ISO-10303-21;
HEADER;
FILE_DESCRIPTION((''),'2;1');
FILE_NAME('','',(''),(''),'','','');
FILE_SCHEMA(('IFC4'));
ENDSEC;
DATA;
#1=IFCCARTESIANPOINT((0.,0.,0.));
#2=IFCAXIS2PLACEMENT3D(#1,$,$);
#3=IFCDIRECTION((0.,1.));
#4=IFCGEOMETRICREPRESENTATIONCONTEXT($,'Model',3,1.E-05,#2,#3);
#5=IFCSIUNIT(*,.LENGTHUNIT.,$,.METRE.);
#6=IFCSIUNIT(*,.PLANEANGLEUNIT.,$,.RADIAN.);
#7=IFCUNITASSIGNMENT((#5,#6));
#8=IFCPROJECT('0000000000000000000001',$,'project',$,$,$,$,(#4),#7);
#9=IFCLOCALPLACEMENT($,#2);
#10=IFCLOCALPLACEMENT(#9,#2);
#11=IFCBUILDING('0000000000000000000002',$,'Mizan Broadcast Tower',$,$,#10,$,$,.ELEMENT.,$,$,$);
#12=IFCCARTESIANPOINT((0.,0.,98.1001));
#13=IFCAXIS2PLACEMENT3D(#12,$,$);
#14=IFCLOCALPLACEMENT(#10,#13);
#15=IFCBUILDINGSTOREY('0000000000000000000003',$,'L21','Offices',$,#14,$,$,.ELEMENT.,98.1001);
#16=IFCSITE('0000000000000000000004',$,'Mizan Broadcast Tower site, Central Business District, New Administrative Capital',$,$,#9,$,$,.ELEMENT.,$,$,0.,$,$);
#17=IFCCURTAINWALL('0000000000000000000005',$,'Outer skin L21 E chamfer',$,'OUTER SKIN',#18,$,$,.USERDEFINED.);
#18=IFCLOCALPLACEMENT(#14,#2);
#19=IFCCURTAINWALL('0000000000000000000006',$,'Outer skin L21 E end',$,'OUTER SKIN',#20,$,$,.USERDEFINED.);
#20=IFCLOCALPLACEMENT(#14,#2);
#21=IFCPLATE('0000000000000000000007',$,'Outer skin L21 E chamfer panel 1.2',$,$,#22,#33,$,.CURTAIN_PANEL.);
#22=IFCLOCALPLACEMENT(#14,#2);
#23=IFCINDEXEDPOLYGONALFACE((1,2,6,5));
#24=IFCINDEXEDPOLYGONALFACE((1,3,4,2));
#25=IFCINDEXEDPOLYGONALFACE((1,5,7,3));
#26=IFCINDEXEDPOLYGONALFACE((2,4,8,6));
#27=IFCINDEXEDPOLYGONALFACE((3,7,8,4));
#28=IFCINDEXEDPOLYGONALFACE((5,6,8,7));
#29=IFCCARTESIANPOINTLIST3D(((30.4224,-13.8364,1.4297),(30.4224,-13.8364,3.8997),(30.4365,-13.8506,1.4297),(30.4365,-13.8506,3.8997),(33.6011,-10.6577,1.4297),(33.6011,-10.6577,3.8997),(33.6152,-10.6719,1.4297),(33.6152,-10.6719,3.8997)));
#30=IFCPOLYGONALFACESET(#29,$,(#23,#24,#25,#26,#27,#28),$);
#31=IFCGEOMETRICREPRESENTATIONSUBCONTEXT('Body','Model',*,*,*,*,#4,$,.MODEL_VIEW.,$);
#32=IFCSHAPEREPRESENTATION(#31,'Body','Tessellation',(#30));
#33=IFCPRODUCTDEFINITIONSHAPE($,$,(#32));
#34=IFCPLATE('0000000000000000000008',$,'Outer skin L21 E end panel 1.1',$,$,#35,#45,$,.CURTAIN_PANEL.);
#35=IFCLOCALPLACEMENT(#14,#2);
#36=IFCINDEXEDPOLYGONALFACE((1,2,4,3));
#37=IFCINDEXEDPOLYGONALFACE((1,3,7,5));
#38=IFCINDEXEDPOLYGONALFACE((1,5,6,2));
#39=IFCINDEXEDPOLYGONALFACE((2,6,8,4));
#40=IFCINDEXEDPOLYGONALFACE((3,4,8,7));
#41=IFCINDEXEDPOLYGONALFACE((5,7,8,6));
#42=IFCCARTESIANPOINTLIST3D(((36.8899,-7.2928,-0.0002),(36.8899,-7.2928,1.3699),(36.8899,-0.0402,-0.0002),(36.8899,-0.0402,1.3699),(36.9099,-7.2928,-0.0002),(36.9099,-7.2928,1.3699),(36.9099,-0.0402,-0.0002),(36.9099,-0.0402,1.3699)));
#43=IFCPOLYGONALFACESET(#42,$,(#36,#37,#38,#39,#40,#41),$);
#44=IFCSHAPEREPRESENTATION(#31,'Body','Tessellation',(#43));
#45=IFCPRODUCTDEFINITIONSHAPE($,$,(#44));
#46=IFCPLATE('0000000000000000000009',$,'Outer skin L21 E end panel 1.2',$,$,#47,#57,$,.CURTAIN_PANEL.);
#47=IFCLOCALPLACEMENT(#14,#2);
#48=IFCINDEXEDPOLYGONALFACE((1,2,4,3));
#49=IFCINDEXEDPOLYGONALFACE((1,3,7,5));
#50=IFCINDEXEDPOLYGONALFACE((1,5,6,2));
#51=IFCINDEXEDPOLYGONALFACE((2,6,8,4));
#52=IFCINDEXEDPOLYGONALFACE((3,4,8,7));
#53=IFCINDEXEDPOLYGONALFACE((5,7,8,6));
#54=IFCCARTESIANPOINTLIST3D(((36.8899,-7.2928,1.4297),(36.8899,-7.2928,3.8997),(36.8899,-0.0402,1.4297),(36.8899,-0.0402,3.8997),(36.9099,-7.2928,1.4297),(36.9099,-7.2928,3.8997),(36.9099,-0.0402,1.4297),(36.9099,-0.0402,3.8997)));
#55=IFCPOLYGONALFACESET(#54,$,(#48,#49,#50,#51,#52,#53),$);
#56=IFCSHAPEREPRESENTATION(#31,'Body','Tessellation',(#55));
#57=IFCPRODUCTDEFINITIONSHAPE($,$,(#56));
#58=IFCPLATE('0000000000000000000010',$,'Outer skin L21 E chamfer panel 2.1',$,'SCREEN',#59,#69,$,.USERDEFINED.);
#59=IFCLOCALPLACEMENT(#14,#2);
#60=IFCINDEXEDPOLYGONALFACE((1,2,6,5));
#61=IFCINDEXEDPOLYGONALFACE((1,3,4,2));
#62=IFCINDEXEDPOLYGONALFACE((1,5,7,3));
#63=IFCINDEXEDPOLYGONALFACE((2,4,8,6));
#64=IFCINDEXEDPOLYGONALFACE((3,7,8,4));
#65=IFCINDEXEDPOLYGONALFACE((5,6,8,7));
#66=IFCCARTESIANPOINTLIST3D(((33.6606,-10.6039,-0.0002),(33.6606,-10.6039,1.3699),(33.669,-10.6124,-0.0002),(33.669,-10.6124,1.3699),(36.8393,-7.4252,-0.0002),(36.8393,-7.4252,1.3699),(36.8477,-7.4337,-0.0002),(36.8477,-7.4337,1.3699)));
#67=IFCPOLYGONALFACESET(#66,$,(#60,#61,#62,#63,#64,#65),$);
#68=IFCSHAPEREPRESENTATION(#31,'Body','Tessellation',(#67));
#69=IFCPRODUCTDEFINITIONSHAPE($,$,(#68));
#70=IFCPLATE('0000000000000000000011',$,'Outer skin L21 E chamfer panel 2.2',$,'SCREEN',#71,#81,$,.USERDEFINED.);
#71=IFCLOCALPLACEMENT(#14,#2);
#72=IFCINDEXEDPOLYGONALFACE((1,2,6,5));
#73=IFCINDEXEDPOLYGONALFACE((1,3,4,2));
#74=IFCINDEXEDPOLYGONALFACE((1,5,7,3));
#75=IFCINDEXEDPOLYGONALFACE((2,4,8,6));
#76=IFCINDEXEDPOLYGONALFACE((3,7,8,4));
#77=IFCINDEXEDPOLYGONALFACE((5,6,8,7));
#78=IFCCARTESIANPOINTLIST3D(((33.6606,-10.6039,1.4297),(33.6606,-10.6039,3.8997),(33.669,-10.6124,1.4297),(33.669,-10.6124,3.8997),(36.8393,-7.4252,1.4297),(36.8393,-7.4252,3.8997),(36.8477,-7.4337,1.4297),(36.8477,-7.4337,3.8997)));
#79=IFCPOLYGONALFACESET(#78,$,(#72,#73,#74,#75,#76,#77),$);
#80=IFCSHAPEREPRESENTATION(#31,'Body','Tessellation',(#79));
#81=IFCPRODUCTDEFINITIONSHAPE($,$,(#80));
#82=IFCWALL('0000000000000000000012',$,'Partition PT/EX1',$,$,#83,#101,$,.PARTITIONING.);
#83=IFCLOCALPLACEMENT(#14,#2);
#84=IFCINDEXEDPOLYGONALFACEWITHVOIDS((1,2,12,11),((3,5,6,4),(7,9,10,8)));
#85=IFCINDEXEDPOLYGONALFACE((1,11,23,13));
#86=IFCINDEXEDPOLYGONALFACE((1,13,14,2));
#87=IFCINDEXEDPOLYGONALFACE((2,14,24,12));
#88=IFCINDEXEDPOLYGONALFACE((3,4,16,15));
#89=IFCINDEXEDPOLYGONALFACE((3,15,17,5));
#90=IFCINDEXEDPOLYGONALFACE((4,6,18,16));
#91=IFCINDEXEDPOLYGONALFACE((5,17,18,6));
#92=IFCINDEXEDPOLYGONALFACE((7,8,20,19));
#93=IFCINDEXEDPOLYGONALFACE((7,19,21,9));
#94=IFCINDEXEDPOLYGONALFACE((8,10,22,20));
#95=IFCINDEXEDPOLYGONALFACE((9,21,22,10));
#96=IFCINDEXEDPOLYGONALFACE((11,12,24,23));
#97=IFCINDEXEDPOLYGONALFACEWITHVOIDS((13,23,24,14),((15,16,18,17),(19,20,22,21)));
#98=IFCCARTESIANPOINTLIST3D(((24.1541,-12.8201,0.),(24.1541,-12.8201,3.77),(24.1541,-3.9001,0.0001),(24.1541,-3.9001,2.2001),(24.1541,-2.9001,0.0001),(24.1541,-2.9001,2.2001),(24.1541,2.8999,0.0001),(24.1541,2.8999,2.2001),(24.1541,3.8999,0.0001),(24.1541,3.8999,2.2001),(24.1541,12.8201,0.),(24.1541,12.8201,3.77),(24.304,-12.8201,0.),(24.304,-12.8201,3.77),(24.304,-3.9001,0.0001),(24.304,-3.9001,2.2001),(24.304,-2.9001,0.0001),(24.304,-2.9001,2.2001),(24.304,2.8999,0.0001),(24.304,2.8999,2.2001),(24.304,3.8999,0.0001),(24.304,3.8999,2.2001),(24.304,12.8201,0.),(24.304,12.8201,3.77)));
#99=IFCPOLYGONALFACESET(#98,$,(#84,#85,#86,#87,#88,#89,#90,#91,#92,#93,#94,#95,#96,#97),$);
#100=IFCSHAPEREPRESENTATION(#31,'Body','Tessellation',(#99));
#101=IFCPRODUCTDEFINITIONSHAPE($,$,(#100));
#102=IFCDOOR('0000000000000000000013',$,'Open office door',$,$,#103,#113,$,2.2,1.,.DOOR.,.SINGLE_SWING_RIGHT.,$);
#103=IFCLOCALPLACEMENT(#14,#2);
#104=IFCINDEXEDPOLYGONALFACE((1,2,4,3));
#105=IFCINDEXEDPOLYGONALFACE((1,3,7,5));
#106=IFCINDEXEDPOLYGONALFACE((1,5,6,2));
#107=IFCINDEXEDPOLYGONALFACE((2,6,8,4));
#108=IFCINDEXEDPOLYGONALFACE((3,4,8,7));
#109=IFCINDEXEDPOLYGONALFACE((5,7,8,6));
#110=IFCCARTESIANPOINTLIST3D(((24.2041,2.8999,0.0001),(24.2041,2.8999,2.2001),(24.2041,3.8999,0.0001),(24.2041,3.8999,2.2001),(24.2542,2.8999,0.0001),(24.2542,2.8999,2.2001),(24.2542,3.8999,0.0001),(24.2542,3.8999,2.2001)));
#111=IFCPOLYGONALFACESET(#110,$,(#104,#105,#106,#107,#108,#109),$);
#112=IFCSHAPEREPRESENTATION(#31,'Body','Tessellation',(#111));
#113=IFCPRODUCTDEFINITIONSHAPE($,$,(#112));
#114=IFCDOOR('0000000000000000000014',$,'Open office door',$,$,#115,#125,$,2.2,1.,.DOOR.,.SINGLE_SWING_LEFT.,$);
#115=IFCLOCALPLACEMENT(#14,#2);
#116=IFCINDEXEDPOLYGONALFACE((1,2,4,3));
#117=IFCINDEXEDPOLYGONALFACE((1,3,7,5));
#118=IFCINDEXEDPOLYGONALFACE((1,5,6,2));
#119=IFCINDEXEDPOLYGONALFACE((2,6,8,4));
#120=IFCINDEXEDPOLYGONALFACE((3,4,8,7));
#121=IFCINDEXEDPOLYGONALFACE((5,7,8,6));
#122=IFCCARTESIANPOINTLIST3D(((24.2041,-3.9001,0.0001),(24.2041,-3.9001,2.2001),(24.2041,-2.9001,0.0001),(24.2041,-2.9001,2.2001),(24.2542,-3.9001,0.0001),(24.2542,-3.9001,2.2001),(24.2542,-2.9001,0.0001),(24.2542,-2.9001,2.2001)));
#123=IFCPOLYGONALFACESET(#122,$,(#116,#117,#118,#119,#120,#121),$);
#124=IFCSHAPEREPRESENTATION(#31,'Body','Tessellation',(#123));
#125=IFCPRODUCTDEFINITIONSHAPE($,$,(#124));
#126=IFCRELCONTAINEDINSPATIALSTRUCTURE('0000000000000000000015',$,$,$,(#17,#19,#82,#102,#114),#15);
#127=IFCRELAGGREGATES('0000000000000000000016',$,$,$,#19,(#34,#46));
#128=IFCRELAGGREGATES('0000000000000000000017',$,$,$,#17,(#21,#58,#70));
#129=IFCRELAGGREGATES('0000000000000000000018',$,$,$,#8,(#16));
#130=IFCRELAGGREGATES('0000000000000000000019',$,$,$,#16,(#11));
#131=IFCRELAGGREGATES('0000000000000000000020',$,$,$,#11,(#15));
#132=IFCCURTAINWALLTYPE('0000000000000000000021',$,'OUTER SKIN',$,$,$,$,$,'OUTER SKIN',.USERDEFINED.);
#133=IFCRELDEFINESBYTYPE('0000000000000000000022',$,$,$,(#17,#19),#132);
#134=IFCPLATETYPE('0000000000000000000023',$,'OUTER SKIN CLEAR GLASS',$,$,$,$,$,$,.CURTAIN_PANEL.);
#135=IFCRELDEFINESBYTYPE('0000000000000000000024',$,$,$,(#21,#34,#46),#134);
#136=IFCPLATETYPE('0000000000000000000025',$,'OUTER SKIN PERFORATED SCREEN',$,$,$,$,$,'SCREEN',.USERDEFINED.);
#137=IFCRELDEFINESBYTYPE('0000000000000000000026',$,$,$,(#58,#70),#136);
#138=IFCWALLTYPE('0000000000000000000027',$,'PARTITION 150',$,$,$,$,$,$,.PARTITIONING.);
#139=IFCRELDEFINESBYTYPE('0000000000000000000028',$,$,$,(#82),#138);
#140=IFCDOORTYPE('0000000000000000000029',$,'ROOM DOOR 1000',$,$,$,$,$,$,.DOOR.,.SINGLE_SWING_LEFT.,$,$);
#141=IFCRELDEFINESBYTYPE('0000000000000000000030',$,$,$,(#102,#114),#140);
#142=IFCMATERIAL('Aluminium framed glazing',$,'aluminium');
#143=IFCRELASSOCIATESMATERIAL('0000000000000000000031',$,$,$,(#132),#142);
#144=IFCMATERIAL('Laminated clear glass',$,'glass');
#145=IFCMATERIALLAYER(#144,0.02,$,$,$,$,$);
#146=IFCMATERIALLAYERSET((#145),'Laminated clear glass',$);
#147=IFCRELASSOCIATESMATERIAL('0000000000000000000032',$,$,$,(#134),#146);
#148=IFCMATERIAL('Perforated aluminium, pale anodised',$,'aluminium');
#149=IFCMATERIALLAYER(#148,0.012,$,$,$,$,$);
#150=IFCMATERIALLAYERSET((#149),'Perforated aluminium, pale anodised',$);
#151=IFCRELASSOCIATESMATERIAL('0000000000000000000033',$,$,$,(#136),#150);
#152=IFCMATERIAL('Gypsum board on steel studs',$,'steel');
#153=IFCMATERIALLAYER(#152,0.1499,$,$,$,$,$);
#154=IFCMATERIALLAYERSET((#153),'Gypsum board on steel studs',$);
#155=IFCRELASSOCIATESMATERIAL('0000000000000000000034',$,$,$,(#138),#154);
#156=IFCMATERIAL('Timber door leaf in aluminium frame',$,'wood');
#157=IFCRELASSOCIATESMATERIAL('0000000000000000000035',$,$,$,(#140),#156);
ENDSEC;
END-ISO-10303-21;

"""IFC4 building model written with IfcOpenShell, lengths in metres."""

from ifc_helpers import new_model, si_unit, direction, frame, frame_2d, origin, origin_2d, place, context, subcontext, project, spatial, rectangle, extrude, material, layer, layer_set, type_object, element, fill, aggregate, save


model = new_model("IFC4")

# Units and contexts
model_context = context("Model", 3, precision=1e-05, world=origin(), true_north=direction((0.0, 1.0)))
body_context = subcontext(model_context, "Body", "Model", "MODEL_VIEW")
ifc_project = project(units=[si_unit("LENGTHUNIT", "METRE"), si_unit("PLANEANGLEUNIT", "RADIAN")], contexts=[model_context])

# Site, building, storey
site_placement = place(None, origin())
site = spatial("IfcSite", under=ifc_project, at=site_placement, Name="Mizan Broadcast Tower site, Central Business District, New Administrative Capital", CompositionType="ELEMENT", RefElevation=0.0)
building_placement = place(site_placement, origin())
building = spatial("IfcBuilding", under=site, at=building_placement, Name="Mizan Broadcast Tower", CompositionType="ELEMENT")
storey_placement = place(building_placement, frame((0.0, 0.0, 98.1001)))
storey = spatial("IfcBuildingStorey", under=building, at=storey_placement, Name="L21", Description="Offices", CompositionType="ELEMENT", Elevation=98.1001)

# Curtain wall
ifc_material_1 = material(Name="Aluminium framed glazing", Category="aluminium")
curtain_wall_type_1 = type_object("IfcCurtainWallType", Name="OUTER SKIN", ElementType="OUTER SKIN", PredefinedType="USERDEFINED", material=ifc_material_1)
curtain_wall_1_placement = place(storey_placement, origin())
curtain_wall_1 = element("IfcCurtainWall", 1, at=curtain_wall_1_placement, inside=storey, type_object=curtain_wall_type_1, Name="Outer skin L21 E chamfer", ObjectType="OUTER SKIN", PredefinedType="USERDEFINED")

# Curtain wall
curtain_wall_2_placement = place(storey_placement, origin())
curtain_wall_2 = element("IfcCurtainWall", 2, at=curtain_wall_2_placement, inside=storey, type_object=curtain_wall_type_1, Name="Outer skin L21 E end", ObjectType="OUTER SKIN", PredefinedType="USERDEFINED")

# Plates
ifc_material_2 = material(Name="Laminated clear glass", Category="glass")
ifc_layer_1 = layer(ifc_material_2, 0.02)
ifc_layer_set_1 = layer_set([ifc_layer_1], Name="Laminated clear glass")
plate_type_1 = type_object("IfcPlateType", Name="OUTER SKIN CLEAR GLASS", PredefinedType="CURTAIN_PANEL", material=ifc_layer_set_1)
plate_1_placement = place(storey_placement, frame((32.0188, -12.2542, 1.4297), z_axis=(0.0, 0.0, 1.0), x_axis=(0.707107, 0.707107, 0.0)))
plate_1 = element("IfcPlate", 3, at=plate_1_placement, type_object=plate_type_1, Name="Outer skin L21 E chamfer panel 1.2", PredefinedType="CURTAIN_PANEL", context=body_context, shape_type="SweptSolid", body=[
    extrude(rectangle(XDim=4.4954, YDim=0.02, at=origin_2d()), origin(), (0.0, 0.0, 1.0), 2.47),
])
plate_2_placement = place(storey_placement, frame((36.8999, -3.6665, -0.0002), z_axis=(0.0, 0.0, 1.0), x_axis=(0.0, 1.0, 0.0)))
plate_2 = element("IfcPlate", 4, at=plate_2_placement, type_object=plate_type_1, Name="Outer skin L21 E end panel 1.1", PredefinedType="CURTAIN_PANEL", context=body_context, shape_type="SweptSolid", body=[
    extrude(rectangle(XDim=7.2527, YDim=0.02, at=origin_2d()), origin(), (0.0, 0.0, 1.0), 1.3701),
])
plate_3_placement = place(storey_placement, frame((36.8999, -3.6665, 1.4297), z_axis=(0.0, 0.0, 1.0), x_axis=(0.0, 1.0, 0.0)))
plate_3 = element("IfcPlate", 5, at=plate_3_placement, type_object=plate_type_1, Name="Outer skin L21 E end panel 1.2", PredefinedType="CURTAIN_PANEL", context=body_context, shape_type="SweptSolid", body=[
    extrude(rectangle(XDim=7.2527, YDim=0.02, at=origin_2d()), origin(), (0.0, 0.0, 1.0), 2.47),
])
aggregate(curtain_wall_2, [plate_2, plate_3])
ifc_material_3 = material(Name="Perforated aluminium, pale anodised", Category="aluminium")
ifc_layer_2 = layer(ifc_material_3, 0.012)
ifc_layer_set_2 = layer_set([ifc_layer_2], Name="Perforated aluminium, pale anodised")
plate_type_2 = type_object("IfcPlateType", Name="OUTER SKIN PERFORATED SCREEN", ElementType="SCREEN", PredefinedType="USERDEFINED", material=ifc_layer_set_2)
plate_4_placement = place(storey_placement, frame((35.2542, -9.0188, -0.0002), z_axis=(0.0, 0.0, 1.0), x_axis=(0.707107, 0.707107, 0.0)))
plate_4 = element("IfcPlate", 6, at=plate_4_placement, type_object=plate_type_2, Name="Outer skin L21 E chamfer panel 2.1", ObjectType="SCREEN", PredefinedType="USERDEFINED", context=body_context, shape_type="SweptSolid", body=[
    extrude(rectangle(XDim=4.4954, YDim=0.012, at=origin_2d()), origin(), (0.0, 0.0, 1.0), 1.3701),
])
plate_5_placement = place(storey_placement, frame((35.2542, -9.0188, 1.4297), z_axis=(0.0, 0.0, 1.0), x_axis=(0.707107, 0.707107, 0.0)))
plate_5 = element("IfcPlate", 7, at=plate_5_placement, type_object=plate_type_2, Name="Outer skin L21 E chamfer panel 2.2", ObjectType="SCREEN", PredefinedType="USERDEFINED", context=body_context, shape_type="SweptSolid", body=[
    extrude(rectangle(XDim=4.4954, YDim=0.012, at=origin_2d()), origin(), (0.0, 0.0, 1.0), 2.47),
])
aggregate(curtain_wall_1, [plate_1, plate_4, plate_5])

# Wall, openings, doors
ifc_material_4 = material(Name="Gypsum board on steel studs", Category="steel")
ifc_layer_3 = layer(ifc_material_4, 0.1499)
ifc_layer_set_3 = layer_set([ifc_layer_3], Name="Gypsum board on steel studs")
wall_type = type_object("IfcWallType", Name="PARTITION 150", PredefinedType="PARTITIONING", material=ifc_layer_set_3)
wall_placement = place(storey_placement, frame((24.229, -12.8201, 0.0), z_axis=(0.0, 0.0, 1.0), x_axis=(0.0, 1.0, 0.0)))
wall = element("IfcWall", 8, at=wall_placement, inside=storey, type_object=wall_type, Name="Partition PT/EX1", PredefinedType="PARTITIONING", context=body_context, shape_type="SweptSolid", body=[
    extrude(rectangle(XDim=25.6401, YDim=0.1499, at=frame_2d((12.8201, 0.0))), origin(), (0.0, 0.0, 1.0), 3.77),
])
opening_1_placement = place(wall_placement, frame((15.72, 0.0, 0.0)))
opening_1 = element("IfcOpeningElement", 9, at=opening_1_placement, cuts=wall, PredefinedType="OPENING", context=body_context, shape_type="SweptSolid", body=[
    extrude(rectangle(XDim=1.0, YDim=2.2, at=frame_2d((0.5, 1.1001))), frame((0.0, 0.085, 0.0), z_axis=(0.0, -1.0, 0.0), x_axis=(1.0, 0.0, 0.0)), (0.0, 0.0, 1.0), 0.1699),
])
opening_2_placement = place(wall_placement, frame((8.9199, 0.0, 0.0)))
opening_2 = element("IfcOpeningElement", 10, at=opening_2_placement, cuts=wall, PredefinedType="OPENING", context=body_context, shape_type="SweptSolid", body=[
    extrude(rectangle(XDim=1.0, YDim=2.2, at=frame_2d((0.5, 1.1001))), frame((0.0, 0.085, 0.0), z_axis=(0.0, -1.0, 0.0), x_axis=(1.0, 0.0, 0.0)), (0.0, 0.0, 1.0), 0.1699),
])
ifc_material_5 = material(Name="Timber door leaf in aluminium frame", Category="wood")
door_type = type_object("IfcDoorType", Name="ROOM DOOR 1000", OperationType="SINGLE_SWING_LEFT", PredefinedType="DOOR", material=ifc_material_5)
door_1_placement = place(opening_1_placement, origin())
door_1 = element("IfcDoor", 11, at=door_1_placement, inside=storey, type_object=door_type, Name="Open office door", OperationType="SINGLE_SWING_RIGHT", OverallHeight=2.2, OverallWidth=1.0, PredefinedType="DOOR", context=body_context, shape_type="SweptSolid", body=[
    extrude(rectangle(XDim=1.0, YDim=2.2, at=frame_2d((0.5, 1.1001))), frame((0.0, 0.0249, 0.0), z_axis=(0.0, -1.0, 0.0), x_axis=(1.0, 0.0, 0.0)), (0.0, 0.0, 1.0), 0.05),
])
fill(opening_1, door_1)
door_2_placement = place(opening_2_placement, origin())
door_2 = element("IfcDoor", 12, at=door_2_placement, inside=storey, type_object=door_type, Name="Open office door", OperationType="SINGLE_SWING_LEFT", OverallHeight=2.2, OverallWidth=1.0, PredefinedType="DOOR", context=body_context, shape_type="SweptSolid", body=[
    extrude(rectangle(XDim=1.0, YDim=2.2, at=frame_2d((0.5, 1.1001))), frame((0.0, 0.0249, 0.0), z_axis=(0.0, -1.0, 0.0), x_axis=(1.0, 0.0, 0.0)), (0.0, 0.0, 1.0), 0.05),
])
fill(opening_2, door_2)

save(model, "model.ifc")
